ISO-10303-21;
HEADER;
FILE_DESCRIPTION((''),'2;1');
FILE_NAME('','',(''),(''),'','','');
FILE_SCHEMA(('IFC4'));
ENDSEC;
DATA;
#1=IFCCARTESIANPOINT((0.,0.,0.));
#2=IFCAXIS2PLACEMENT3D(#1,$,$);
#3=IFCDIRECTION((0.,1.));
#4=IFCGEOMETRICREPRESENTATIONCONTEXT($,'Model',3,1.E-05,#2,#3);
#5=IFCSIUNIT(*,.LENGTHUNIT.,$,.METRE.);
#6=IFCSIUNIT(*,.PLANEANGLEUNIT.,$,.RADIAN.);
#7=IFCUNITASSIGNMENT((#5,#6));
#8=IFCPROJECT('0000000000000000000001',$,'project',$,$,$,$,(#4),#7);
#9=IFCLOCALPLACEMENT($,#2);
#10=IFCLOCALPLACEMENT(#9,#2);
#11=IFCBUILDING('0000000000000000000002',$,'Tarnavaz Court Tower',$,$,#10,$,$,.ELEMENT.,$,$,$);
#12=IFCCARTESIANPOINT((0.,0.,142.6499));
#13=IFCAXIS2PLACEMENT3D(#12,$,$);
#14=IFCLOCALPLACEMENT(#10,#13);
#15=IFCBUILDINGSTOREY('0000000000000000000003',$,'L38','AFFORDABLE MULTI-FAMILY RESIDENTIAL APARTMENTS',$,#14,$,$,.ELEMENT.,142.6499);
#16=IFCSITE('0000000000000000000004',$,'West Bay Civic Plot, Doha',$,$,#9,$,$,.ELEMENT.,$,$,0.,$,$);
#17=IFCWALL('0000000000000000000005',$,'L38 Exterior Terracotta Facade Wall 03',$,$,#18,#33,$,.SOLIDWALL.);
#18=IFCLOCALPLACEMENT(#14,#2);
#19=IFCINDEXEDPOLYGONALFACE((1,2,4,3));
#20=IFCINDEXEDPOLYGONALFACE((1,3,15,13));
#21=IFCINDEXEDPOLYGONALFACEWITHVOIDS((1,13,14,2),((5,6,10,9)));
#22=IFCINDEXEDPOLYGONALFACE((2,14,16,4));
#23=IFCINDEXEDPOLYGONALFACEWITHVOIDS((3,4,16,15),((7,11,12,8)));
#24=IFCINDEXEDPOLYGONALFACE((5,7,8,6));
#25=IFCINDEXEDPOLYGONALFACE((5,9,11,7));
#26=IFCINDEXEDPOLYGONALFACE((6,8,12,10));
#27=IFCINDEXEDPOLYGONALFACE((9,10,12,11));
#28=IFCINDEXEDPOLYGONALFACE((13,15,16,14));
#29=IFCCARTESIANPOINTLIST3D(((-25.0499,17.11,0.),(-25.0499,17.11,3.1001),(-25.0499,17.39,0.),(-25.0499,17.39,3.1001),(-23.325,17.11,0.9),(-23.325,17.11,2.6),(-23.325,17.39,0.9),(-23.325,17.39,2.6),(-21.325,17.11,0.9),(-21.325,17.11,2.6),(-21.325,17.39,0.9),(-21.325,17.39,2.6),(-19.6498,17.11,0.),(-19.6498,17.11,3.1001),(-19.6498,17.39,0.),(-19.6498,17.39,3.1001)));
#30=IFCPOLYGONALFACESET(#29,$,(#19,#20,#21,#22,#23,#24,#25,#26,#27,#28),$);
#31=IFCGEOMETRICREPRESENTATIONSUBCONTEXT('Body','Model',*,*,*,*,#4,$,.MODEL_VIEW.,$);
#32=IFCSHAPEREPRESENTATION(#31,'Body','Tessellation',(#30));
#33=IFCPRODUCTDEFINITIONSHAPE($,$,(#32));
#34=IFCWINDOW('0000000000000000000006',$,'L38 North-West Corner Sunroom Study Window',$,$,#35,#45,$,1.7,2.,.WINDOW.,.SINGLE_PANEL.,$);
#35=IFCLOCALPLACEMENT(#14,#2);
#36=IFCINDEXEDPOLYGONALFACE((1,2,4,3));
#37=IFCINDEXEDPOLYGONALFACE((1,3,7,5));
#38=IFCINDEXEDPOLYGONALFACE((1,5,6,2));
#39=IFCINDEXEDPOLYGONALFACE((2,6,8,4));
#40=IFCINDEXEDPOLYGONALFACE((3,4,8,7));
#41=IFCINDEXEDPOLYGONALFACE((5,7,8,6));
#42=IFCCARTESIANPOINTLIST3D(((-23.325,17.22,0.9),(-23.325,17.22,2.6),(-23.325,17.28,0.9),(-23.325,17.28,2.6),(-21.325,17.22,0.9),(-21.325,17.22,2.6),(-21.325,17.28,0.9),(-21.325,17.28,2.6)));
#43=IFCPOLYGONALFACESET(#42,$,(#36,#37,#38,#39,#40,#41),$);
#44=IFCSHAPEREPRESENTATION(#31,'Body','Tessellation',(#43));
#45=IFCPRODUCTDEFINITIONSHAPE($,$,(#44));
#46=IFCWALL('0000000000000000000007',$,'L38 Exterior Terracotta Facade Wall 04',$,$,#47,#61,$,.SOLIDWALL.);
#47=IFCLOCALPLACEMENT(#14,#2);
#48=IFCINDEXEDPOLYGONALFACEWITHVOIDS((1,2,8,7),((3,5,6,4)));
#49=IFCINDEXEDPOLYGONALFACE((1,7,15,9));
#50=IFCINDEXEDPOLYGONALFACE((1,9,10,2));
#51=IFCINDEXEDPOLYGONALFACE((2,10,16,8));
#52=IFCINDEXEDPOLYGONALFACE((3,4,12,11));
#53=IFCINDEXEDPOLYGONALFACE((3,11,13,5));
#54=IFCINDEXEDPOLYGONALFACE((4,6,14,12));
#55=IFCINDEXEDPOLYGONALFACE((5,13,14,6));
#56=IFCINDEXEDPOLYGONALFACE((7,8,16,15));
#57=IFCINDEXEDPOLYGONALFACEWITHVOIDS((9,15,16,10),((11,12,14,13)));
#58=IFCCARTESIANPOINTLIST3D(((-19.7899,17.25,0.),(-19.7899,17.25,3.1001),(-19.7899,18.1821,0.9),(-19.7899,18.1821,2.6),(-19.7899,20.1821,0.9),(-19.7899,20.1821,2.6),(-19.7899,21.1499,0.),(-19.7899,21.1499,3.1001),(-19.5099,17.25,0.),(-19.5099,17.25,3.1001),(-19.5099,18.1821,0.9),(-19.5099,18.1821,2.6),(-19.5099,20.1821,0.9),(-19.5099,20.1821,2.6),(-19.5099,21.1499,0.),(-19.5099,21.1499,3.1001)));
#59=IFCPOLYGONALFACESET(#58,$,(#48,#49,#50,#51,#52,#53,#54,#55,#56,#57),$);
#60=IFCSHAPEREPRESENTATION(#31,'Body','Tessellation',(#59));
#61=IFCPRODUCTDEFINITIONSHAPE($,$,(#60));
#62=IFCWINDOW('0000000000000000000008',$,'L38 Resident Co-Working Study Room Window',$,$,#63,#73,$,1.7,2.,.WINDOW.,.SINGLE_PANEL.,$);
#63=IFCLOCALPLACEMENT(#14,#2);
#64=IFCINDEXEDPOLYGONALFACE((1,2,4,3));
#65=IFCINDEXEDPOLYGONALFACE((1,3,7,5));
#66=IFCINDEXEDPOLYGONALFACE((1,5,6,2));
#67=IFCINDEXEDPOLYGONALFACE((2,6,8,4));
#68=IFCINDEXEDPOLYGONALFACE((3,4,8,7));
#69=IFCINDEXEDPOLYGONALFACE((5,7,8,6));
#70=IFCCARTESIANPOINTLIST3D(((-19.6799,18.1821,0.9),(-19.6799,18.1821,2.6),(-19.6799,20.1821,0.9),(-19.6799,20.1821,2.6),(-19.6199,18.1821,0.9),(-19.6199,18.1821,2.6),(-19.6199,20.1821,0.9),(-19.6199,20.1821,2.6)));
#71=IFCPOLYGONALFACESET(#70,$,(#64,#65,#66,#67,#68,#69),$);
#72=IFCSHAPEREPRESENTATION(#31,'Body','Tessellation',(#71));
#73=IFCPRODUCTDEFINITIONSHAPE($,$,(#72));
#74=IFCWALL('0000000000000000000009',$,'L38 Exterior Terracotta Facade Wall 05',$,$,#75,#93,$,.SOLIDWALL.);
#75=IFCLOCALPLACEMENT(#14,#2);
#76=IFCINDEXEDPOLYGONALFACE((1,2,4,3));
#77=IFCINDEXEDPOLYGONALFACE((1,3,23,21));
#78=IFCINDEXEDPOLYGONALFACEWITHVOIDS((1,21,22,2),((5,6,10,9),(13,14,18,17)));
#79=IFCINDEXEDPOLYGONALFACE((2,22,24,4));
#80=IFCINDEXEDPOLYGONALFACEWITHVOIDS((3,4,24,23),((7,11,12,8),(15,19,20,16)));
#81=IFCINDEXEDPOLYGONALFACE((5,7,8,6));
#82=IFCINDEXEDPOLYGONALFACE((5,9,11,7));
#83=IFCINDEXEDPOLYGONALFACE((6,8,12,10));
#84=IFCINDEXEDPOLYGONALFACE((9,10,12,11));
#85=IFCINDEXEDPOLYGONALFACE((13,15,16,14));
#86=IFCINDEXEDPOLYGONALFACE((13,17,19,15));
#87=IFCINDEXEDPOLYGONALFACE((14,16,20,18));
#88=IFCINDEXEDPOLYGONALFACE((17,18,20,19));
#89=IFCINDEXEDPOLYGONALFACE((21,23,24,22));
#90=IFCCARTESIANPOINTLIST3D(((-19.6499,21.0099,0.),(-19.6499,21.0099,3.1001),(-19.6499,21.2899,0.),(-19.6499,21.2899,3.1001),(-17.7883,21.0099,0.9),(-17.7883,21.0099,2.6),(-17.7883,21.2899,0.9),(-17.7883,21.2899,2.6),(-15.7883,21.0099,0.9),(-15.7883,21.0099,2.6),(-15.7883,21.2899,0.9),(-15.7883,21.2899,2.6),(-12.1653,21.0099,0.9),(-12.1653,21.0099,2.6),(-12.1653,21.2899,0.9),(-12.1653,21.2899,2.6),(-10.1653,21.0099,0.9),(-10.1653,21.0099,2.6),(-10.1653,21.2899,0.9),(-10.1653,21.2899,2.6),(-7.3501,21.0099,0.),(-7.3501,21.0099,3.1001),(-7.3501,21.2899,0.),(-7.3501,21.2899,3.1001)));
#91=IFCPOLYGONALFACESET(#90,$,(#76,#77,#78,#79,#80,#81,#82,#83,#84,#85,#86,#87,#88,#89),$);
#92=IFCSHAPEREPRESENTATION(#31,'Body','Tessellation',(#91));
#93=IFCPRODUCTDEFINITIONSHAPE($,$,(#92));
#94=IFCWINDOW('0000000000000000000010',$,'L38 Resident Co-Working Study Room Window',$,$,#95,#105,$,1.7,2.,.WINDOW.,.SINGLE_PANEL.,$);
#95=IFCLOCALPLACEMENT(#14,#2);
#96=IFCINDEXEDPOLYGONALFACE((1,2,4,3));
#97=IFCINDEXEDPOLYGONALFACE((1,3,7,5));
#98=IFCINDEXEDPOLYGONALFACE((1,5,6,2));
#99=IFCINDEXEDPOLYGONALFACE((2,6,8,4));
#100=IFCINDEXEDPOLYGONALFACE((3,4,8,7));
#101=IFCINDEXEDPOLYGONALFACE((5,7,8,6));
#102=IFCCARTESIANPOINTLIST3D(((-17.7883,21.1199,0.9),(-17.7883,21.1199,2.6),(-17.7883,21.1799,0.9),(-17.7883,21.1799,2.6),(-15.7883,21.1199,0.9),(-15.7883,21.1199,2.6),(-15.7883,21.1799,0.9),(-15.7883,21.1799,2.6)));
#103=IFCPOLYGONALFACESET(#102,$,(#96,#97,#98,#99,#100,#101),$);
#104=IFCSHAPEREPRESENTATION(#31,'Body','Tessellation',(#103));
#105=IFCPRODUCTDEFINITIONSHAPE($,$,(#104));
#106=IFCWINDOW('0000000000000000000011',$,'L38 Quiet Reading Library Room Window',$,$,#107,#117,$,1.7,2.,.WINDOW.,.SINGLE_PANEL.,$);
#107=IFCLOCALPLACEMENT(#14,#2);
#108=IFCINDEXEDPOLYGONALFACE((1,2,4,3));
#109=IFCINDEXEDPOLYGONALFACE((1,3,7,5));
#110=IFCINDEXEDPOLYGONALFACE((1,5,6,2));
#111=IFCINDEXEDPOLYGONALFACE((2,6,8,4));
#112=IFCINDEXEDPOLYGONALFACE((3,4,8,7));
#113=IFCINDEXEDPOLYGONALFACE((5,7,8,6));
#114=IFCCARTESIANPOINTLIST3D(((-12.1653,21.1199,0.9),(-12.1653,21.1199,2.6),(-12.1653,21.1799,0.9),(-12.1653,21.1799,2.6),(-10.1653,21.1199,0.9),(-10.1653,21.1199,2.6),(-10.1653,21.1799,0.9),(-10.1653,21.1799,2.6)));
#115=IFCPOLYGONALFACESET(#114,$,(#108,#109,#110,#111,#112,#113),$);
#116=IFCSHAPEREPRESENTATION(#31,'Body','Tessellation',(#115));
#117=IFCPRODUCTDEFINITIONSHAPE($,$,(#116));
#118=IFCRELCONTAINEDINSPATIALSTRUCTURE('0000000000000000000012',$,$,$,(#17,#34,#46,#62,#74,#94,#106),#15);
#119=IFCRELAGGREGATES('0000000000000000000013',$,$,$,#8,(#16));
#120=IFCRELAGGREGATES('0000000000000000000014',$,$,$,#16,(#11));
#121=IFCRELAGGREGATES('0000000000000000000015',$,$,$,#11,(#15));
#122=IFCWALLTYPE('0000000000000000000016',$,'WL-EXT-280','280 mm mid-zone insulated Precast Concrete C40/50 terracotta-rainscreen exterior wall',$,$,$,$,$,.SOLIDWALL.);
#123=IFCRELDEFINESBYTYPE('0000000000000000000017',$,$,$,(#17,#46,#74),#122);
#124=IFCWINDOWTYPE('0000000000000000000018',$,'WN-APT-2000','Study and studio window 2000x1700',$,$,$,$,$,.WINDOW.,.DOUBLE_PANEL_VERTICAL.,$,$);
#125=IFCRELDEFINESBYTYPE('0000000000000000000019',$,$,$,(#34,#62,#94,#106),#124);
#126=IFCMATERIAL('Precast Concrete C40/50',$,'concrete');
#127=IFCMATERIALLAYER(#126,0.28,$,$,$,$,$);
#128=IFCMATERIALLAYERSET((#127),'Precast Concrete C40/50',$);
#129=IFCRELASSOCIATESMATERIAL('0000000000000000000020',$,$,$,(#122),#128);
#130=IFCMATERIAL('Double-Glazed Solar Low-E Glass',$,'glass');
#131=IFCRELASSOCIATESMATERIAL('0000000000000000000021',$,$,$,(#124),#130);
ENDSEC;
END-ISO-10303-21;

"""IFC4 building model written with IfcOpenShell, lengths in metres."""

from ifc_helpers import new_model, si_unit, direction, frame, frame_2d, origin, place, context, subcontext, project, spatial, rectangle, extrude, material, layer, layer_set, type_object, element, fill, save


model = new_model("IFC4")

# Units and contexts
model_context = context("Model", 3, precision=1e-05, world=origin(), true_north=direction((0.0, 1.0)))
body_context = subcontext(model_context, "Body", "Model", "MODEL_VIEW")
ifc_project = project(units=[si_unit("LENGTHUNIT", "METRE"), si_unit("PLANEANGLEUNIT", "RADIAN")], contexts=[model_context])

# Site, building, storey
site_placement = place(None, origin())
site = spatial("IfcSite", under=ifc_project, at=site_placement, Name="West Bay Civic Plot, Doha", CompositionType="ELEMENT", RefElevation=0.0)
building_placement = place(site_placement, origin())
building = spatial("IfcBuilding", under=site, at=building_placement, Name="Tarnavaz Court Tower", CompositionType="ELEMENT")
storey_placement = place(building_placement, frame((0.0, 0.0, 142.6499)))
storey = spatial("IfcBuildingStorey", under=building, at=storey_placement, Name="L38", Description="AFFORDABLE MULTI-FAMILY RESIDENTIAL APARTMENTS", CompositionType="ELEMENT", Elevation=142.6499)

# Walls, openings, windows
ifc_material_1 = material(Name="Precast Concrete C40/50", Category="concrete")
ifc_layer_1 = layer(ifc_material_1, 0.28)
ifc_layer_set_1 = layer_set([ifc_layer_1], Name="Precast Concrete C40/50")
wall_type_1 = type_object("IfcWallType", Name="WL-EXT-280", Description="280 mm mid-zone insulated Precast Concrete C40/50 terracotta-rainscreen exterior wall", PredefinedType="SOLIDWALL", material=ifc_layer_set_1)
wall_1_placement = place(storey_placement, frame((-25.05, 17.25, 0.0), z_axis=(0.0, 0.0, 1.0), x_axis=(1.0, 0.0, 0.0)))
wall_1 = element("IfcWall", 1, at=wall_1_placement, inside=storey, type_object=wall_type_1, Name="L38 Exterior Terracotta Facade Wall 03", PredefinedType="SOLIDWALL", context=body_context, shape_type="SweptSolid", body=[
    extrude(rectangle(XDim=5.4001, YDim=0.28, at=frame_2d((2.7002, 0.0))), origin(), (0.0, 0.0, 1.0), 3.1001),
])
opening_1_placement = place(wall_1_placement, frame((1.7251, 0.0, 0.8999)))
opening_1 = element("IfcOpeningElement", 2, at=opening_1_placement, cuts=wall_1, PredefinedType="OPENING", context=body_context, shape_type="SweptSolid", body=[
    extrude(rectangle(XDim=2.0, YDim=1.7, at=frame_2d((1.0, 0.8501))), frame((0.0, 0.1499, 0.0), z_axis=(0.0, -1.0, 0.0), x_axis=(1.0, 0.0, 0.0)), (0.0, 0.0, 1.0), 0.3),
])
ifc_material_2 = material(Name="Double-Glazed Solar Low-E Glass", Category="glass")
window_type = type_object("IfcWindowType", Name="WN-APT-2000", Description="Study and studio window 2000x1700", PartitioningType="DOUBLE_PANEL_VERTICAL", PredefinedType="WINDOW", material=ifc_material_2)
window_1_placement = place(opening_1_placement, origin())
window_1 = element("IfcWindow", 3, at=window_1_placement, inside=storey, type_object=window_type, Name="L38 North-West Corner Sunroom Study Window", OverallHeight=1.7, OverallWidth=2.0, PartitioningType="SINGLE_PANEL", PredefinedType="WINDOW", context=body_context, shape_type="SweptSolid", body=[
    extrude(rectangle(XDim=2.0, YDim=1.7, at=frame_2d((1.0, 0.8501))), frame((0.0, 0.03, 0.0), z_axis=(0.0, -1.0, 0.0), x_axis=(1.0, 0.0, 0.0)), (0.0, 0.0, 1.0), 0.0601),
])
fill(opening_1, window_1)
wall_2_placement = place(storey_placement, frame((-19.6499, 17.25, 0.0), z_axis=(0.0, 0.0, 1.0), x_axis=(0.0, 1.0, 0.0)))
wall_2 = element("IfcWall", 4, at=wall_2_placement, inside=storey, type_object=wall_type_1, Name="L38 Exterior Terracotta Facade Wall 04", PredefinedType="SOLIDWALL", context=body_context, shape_type="SweptSolid", body=[
    extrude(rectangle(XDim=3.8999, YDim=0.28, at=frame_2d((1.95, 0.0))), origin(), (0.0, 0.0, 1.0), 3.1001),
])
opening_2_placement = place(wall_2_placement, frame((0.9321, 0.0, 0.8999)))
opening_2 = element("IfcOpeningElement", 5, at=opening_2_placement, cuts=wall_2, PredefinedType="OPENING", context=body_context, shape_type="SweptSolid", body=[
    extrude(rectangle(XDim=2.0, YDim=1.7, at=frame_2d((1.0, 0.8501))), frame((0.0, 0.1499, 0.0), z_axis=(0.0, -1.0, 0.0), x_axis=(1.0, 0.0, 0.0)), (0.0, 0.0, 1.0), 0.3),
])
window_2_placement = place(opening_2_placement, origin())
window_2 = element("IfcWindow", 6, at=window_2_placement, inside=storey, type_object=window_type, Name="L38 Resident Co-Working Study Room Window", OverallHeight=1.7, OverallWidth=2.0, PartitioningType="SINGLE_PANEL", PredefinedType="WINDOW", context=body_context, shape_type="SweptSolid", body=[
    extrude(rectangle(XDim=2.0, YDim=1.7, at=frame_2d((1.0, 0.8501))), frame((0.0, 0.03, 0.0), z_axis=(0.0, -1.0, 0.0), x_axis=(1.0, 0.0, 0.0)), (0.0, 0.0, 1.0), 0.0601),
])
fill(opening_2, window_2)

# Wall, openings, windows
wall_3_placement = place(storey_placement, frame((-19.6499, 21.1499, 0.0), z_axis=(0.0, 0.0, 1.0), x_axis=(1.0, 0.0, 0.0)))
wall_3 = element("IfcWall", 7, at=wall_3_placement, inside=storey, type_object=wall_type_1, Name="L38 Exterior Terracotta Facade Wall 05", PredefinedType="SOLIDWALL", context=body_context, shape_type="SweptSolid", body=[
    extrude(rectangle(XDim=12.2998, YDim=0.28, at=frame_2d((6.1499, 0.0))), origin(), (0.0, 0.0, 1.0), 3.1001),
])
opening_3_placement = place(wall_3_placement, frame((1.8616, 0.0, 0.8999)))
opening_3 = element("IfcOpeningElement", 8, at=opening_3_placement, cuts=wall_3, PredefinedType="OPENING", context=body_context, shape_type="SweptSolid", body=[
    extrude(rectangle(XDim=2.0, YDim=1.7, at=frame_2d((1.0, 0.8501))), frame((0.0, 0.1499, 0.0), z_axis=(0.0, -1.0, 0.0), x_axis=(1.0, 0.0, 0.0)), (0.0, 0.0, 1.0), 0.3),
])
opening_4_placement = place(wall_3_placement, frame((7.4846, 0.0, 0.8999)))
opening_4 = element("IfcOpeningElement", 9, at=opening_4_placement, cuts=wall_3, PredefinedType="OPENING", context=body_context, shape_type="SweptSolid", body=[
    extrude(rectangle(XDim=2.0, YDim=1.7, at=frame_2d((1.0, 0.8501))), frame((0.0, 0.1499, 0.0), z_axis=(0.0, -1.0, 0.0), x_axis=(1.0, 0.0, 0.0)), (0.0, 0.0, 1.0), 0.3),
])
window_3_placement = place(opening_3_placement, origin())
window_3 = element("IfcWindow", 10, at=window_3_placement, inside=storey, type_object=window_type, Name="L38 Resident Co-Working Study Room Window", OverallHeight=1.7, OverallWidth=2.0, PartitioningType="SINGLE_PANEL", PredefinedType="WINDOW", context=body_context, shape_type="SweptSolid", body=[
    extrude(rectangle(XDim=2.0, YDim=1.7, at=frame_2d((1.0, 0.8501))), frame((0.0, 0.03, 0.0), z_axis=(0.0, -1.0, 0.0), x_axis=(1.0, 0.0, 0.0)), (0.0, 0.0, 1.0), 0.0601),
])
fill(opening_3, window_3)
window_4_placement = place(opening_4_placement, origin())
window_4 = element("IfcWindow", 11, at=window_4_placement, inside=storey, type_object=window_type, Name="L38 Quiet Reading Library Room Window", OverallHeight=1.7, OverallWidth=2.0, PartitioningType="SINGLE_PANEL", PredefinedType="WINDOW", context=body_context, shape_type="SweptSolid", body=[
    extrude(rectangle(XDim=2.0, YDim=1.7, at=frame_2d((1.0, 0.8501))), frame((0.0, 0.03, 0.0), z_axis=(0.0, -1.0, 0.0), x_axis=(1.0, 0.0, 0.0)), (0.0, 0.0, 1.0), 0.0601),
])
fill(opening_4, window_4)

save(model, "model.ifc")
